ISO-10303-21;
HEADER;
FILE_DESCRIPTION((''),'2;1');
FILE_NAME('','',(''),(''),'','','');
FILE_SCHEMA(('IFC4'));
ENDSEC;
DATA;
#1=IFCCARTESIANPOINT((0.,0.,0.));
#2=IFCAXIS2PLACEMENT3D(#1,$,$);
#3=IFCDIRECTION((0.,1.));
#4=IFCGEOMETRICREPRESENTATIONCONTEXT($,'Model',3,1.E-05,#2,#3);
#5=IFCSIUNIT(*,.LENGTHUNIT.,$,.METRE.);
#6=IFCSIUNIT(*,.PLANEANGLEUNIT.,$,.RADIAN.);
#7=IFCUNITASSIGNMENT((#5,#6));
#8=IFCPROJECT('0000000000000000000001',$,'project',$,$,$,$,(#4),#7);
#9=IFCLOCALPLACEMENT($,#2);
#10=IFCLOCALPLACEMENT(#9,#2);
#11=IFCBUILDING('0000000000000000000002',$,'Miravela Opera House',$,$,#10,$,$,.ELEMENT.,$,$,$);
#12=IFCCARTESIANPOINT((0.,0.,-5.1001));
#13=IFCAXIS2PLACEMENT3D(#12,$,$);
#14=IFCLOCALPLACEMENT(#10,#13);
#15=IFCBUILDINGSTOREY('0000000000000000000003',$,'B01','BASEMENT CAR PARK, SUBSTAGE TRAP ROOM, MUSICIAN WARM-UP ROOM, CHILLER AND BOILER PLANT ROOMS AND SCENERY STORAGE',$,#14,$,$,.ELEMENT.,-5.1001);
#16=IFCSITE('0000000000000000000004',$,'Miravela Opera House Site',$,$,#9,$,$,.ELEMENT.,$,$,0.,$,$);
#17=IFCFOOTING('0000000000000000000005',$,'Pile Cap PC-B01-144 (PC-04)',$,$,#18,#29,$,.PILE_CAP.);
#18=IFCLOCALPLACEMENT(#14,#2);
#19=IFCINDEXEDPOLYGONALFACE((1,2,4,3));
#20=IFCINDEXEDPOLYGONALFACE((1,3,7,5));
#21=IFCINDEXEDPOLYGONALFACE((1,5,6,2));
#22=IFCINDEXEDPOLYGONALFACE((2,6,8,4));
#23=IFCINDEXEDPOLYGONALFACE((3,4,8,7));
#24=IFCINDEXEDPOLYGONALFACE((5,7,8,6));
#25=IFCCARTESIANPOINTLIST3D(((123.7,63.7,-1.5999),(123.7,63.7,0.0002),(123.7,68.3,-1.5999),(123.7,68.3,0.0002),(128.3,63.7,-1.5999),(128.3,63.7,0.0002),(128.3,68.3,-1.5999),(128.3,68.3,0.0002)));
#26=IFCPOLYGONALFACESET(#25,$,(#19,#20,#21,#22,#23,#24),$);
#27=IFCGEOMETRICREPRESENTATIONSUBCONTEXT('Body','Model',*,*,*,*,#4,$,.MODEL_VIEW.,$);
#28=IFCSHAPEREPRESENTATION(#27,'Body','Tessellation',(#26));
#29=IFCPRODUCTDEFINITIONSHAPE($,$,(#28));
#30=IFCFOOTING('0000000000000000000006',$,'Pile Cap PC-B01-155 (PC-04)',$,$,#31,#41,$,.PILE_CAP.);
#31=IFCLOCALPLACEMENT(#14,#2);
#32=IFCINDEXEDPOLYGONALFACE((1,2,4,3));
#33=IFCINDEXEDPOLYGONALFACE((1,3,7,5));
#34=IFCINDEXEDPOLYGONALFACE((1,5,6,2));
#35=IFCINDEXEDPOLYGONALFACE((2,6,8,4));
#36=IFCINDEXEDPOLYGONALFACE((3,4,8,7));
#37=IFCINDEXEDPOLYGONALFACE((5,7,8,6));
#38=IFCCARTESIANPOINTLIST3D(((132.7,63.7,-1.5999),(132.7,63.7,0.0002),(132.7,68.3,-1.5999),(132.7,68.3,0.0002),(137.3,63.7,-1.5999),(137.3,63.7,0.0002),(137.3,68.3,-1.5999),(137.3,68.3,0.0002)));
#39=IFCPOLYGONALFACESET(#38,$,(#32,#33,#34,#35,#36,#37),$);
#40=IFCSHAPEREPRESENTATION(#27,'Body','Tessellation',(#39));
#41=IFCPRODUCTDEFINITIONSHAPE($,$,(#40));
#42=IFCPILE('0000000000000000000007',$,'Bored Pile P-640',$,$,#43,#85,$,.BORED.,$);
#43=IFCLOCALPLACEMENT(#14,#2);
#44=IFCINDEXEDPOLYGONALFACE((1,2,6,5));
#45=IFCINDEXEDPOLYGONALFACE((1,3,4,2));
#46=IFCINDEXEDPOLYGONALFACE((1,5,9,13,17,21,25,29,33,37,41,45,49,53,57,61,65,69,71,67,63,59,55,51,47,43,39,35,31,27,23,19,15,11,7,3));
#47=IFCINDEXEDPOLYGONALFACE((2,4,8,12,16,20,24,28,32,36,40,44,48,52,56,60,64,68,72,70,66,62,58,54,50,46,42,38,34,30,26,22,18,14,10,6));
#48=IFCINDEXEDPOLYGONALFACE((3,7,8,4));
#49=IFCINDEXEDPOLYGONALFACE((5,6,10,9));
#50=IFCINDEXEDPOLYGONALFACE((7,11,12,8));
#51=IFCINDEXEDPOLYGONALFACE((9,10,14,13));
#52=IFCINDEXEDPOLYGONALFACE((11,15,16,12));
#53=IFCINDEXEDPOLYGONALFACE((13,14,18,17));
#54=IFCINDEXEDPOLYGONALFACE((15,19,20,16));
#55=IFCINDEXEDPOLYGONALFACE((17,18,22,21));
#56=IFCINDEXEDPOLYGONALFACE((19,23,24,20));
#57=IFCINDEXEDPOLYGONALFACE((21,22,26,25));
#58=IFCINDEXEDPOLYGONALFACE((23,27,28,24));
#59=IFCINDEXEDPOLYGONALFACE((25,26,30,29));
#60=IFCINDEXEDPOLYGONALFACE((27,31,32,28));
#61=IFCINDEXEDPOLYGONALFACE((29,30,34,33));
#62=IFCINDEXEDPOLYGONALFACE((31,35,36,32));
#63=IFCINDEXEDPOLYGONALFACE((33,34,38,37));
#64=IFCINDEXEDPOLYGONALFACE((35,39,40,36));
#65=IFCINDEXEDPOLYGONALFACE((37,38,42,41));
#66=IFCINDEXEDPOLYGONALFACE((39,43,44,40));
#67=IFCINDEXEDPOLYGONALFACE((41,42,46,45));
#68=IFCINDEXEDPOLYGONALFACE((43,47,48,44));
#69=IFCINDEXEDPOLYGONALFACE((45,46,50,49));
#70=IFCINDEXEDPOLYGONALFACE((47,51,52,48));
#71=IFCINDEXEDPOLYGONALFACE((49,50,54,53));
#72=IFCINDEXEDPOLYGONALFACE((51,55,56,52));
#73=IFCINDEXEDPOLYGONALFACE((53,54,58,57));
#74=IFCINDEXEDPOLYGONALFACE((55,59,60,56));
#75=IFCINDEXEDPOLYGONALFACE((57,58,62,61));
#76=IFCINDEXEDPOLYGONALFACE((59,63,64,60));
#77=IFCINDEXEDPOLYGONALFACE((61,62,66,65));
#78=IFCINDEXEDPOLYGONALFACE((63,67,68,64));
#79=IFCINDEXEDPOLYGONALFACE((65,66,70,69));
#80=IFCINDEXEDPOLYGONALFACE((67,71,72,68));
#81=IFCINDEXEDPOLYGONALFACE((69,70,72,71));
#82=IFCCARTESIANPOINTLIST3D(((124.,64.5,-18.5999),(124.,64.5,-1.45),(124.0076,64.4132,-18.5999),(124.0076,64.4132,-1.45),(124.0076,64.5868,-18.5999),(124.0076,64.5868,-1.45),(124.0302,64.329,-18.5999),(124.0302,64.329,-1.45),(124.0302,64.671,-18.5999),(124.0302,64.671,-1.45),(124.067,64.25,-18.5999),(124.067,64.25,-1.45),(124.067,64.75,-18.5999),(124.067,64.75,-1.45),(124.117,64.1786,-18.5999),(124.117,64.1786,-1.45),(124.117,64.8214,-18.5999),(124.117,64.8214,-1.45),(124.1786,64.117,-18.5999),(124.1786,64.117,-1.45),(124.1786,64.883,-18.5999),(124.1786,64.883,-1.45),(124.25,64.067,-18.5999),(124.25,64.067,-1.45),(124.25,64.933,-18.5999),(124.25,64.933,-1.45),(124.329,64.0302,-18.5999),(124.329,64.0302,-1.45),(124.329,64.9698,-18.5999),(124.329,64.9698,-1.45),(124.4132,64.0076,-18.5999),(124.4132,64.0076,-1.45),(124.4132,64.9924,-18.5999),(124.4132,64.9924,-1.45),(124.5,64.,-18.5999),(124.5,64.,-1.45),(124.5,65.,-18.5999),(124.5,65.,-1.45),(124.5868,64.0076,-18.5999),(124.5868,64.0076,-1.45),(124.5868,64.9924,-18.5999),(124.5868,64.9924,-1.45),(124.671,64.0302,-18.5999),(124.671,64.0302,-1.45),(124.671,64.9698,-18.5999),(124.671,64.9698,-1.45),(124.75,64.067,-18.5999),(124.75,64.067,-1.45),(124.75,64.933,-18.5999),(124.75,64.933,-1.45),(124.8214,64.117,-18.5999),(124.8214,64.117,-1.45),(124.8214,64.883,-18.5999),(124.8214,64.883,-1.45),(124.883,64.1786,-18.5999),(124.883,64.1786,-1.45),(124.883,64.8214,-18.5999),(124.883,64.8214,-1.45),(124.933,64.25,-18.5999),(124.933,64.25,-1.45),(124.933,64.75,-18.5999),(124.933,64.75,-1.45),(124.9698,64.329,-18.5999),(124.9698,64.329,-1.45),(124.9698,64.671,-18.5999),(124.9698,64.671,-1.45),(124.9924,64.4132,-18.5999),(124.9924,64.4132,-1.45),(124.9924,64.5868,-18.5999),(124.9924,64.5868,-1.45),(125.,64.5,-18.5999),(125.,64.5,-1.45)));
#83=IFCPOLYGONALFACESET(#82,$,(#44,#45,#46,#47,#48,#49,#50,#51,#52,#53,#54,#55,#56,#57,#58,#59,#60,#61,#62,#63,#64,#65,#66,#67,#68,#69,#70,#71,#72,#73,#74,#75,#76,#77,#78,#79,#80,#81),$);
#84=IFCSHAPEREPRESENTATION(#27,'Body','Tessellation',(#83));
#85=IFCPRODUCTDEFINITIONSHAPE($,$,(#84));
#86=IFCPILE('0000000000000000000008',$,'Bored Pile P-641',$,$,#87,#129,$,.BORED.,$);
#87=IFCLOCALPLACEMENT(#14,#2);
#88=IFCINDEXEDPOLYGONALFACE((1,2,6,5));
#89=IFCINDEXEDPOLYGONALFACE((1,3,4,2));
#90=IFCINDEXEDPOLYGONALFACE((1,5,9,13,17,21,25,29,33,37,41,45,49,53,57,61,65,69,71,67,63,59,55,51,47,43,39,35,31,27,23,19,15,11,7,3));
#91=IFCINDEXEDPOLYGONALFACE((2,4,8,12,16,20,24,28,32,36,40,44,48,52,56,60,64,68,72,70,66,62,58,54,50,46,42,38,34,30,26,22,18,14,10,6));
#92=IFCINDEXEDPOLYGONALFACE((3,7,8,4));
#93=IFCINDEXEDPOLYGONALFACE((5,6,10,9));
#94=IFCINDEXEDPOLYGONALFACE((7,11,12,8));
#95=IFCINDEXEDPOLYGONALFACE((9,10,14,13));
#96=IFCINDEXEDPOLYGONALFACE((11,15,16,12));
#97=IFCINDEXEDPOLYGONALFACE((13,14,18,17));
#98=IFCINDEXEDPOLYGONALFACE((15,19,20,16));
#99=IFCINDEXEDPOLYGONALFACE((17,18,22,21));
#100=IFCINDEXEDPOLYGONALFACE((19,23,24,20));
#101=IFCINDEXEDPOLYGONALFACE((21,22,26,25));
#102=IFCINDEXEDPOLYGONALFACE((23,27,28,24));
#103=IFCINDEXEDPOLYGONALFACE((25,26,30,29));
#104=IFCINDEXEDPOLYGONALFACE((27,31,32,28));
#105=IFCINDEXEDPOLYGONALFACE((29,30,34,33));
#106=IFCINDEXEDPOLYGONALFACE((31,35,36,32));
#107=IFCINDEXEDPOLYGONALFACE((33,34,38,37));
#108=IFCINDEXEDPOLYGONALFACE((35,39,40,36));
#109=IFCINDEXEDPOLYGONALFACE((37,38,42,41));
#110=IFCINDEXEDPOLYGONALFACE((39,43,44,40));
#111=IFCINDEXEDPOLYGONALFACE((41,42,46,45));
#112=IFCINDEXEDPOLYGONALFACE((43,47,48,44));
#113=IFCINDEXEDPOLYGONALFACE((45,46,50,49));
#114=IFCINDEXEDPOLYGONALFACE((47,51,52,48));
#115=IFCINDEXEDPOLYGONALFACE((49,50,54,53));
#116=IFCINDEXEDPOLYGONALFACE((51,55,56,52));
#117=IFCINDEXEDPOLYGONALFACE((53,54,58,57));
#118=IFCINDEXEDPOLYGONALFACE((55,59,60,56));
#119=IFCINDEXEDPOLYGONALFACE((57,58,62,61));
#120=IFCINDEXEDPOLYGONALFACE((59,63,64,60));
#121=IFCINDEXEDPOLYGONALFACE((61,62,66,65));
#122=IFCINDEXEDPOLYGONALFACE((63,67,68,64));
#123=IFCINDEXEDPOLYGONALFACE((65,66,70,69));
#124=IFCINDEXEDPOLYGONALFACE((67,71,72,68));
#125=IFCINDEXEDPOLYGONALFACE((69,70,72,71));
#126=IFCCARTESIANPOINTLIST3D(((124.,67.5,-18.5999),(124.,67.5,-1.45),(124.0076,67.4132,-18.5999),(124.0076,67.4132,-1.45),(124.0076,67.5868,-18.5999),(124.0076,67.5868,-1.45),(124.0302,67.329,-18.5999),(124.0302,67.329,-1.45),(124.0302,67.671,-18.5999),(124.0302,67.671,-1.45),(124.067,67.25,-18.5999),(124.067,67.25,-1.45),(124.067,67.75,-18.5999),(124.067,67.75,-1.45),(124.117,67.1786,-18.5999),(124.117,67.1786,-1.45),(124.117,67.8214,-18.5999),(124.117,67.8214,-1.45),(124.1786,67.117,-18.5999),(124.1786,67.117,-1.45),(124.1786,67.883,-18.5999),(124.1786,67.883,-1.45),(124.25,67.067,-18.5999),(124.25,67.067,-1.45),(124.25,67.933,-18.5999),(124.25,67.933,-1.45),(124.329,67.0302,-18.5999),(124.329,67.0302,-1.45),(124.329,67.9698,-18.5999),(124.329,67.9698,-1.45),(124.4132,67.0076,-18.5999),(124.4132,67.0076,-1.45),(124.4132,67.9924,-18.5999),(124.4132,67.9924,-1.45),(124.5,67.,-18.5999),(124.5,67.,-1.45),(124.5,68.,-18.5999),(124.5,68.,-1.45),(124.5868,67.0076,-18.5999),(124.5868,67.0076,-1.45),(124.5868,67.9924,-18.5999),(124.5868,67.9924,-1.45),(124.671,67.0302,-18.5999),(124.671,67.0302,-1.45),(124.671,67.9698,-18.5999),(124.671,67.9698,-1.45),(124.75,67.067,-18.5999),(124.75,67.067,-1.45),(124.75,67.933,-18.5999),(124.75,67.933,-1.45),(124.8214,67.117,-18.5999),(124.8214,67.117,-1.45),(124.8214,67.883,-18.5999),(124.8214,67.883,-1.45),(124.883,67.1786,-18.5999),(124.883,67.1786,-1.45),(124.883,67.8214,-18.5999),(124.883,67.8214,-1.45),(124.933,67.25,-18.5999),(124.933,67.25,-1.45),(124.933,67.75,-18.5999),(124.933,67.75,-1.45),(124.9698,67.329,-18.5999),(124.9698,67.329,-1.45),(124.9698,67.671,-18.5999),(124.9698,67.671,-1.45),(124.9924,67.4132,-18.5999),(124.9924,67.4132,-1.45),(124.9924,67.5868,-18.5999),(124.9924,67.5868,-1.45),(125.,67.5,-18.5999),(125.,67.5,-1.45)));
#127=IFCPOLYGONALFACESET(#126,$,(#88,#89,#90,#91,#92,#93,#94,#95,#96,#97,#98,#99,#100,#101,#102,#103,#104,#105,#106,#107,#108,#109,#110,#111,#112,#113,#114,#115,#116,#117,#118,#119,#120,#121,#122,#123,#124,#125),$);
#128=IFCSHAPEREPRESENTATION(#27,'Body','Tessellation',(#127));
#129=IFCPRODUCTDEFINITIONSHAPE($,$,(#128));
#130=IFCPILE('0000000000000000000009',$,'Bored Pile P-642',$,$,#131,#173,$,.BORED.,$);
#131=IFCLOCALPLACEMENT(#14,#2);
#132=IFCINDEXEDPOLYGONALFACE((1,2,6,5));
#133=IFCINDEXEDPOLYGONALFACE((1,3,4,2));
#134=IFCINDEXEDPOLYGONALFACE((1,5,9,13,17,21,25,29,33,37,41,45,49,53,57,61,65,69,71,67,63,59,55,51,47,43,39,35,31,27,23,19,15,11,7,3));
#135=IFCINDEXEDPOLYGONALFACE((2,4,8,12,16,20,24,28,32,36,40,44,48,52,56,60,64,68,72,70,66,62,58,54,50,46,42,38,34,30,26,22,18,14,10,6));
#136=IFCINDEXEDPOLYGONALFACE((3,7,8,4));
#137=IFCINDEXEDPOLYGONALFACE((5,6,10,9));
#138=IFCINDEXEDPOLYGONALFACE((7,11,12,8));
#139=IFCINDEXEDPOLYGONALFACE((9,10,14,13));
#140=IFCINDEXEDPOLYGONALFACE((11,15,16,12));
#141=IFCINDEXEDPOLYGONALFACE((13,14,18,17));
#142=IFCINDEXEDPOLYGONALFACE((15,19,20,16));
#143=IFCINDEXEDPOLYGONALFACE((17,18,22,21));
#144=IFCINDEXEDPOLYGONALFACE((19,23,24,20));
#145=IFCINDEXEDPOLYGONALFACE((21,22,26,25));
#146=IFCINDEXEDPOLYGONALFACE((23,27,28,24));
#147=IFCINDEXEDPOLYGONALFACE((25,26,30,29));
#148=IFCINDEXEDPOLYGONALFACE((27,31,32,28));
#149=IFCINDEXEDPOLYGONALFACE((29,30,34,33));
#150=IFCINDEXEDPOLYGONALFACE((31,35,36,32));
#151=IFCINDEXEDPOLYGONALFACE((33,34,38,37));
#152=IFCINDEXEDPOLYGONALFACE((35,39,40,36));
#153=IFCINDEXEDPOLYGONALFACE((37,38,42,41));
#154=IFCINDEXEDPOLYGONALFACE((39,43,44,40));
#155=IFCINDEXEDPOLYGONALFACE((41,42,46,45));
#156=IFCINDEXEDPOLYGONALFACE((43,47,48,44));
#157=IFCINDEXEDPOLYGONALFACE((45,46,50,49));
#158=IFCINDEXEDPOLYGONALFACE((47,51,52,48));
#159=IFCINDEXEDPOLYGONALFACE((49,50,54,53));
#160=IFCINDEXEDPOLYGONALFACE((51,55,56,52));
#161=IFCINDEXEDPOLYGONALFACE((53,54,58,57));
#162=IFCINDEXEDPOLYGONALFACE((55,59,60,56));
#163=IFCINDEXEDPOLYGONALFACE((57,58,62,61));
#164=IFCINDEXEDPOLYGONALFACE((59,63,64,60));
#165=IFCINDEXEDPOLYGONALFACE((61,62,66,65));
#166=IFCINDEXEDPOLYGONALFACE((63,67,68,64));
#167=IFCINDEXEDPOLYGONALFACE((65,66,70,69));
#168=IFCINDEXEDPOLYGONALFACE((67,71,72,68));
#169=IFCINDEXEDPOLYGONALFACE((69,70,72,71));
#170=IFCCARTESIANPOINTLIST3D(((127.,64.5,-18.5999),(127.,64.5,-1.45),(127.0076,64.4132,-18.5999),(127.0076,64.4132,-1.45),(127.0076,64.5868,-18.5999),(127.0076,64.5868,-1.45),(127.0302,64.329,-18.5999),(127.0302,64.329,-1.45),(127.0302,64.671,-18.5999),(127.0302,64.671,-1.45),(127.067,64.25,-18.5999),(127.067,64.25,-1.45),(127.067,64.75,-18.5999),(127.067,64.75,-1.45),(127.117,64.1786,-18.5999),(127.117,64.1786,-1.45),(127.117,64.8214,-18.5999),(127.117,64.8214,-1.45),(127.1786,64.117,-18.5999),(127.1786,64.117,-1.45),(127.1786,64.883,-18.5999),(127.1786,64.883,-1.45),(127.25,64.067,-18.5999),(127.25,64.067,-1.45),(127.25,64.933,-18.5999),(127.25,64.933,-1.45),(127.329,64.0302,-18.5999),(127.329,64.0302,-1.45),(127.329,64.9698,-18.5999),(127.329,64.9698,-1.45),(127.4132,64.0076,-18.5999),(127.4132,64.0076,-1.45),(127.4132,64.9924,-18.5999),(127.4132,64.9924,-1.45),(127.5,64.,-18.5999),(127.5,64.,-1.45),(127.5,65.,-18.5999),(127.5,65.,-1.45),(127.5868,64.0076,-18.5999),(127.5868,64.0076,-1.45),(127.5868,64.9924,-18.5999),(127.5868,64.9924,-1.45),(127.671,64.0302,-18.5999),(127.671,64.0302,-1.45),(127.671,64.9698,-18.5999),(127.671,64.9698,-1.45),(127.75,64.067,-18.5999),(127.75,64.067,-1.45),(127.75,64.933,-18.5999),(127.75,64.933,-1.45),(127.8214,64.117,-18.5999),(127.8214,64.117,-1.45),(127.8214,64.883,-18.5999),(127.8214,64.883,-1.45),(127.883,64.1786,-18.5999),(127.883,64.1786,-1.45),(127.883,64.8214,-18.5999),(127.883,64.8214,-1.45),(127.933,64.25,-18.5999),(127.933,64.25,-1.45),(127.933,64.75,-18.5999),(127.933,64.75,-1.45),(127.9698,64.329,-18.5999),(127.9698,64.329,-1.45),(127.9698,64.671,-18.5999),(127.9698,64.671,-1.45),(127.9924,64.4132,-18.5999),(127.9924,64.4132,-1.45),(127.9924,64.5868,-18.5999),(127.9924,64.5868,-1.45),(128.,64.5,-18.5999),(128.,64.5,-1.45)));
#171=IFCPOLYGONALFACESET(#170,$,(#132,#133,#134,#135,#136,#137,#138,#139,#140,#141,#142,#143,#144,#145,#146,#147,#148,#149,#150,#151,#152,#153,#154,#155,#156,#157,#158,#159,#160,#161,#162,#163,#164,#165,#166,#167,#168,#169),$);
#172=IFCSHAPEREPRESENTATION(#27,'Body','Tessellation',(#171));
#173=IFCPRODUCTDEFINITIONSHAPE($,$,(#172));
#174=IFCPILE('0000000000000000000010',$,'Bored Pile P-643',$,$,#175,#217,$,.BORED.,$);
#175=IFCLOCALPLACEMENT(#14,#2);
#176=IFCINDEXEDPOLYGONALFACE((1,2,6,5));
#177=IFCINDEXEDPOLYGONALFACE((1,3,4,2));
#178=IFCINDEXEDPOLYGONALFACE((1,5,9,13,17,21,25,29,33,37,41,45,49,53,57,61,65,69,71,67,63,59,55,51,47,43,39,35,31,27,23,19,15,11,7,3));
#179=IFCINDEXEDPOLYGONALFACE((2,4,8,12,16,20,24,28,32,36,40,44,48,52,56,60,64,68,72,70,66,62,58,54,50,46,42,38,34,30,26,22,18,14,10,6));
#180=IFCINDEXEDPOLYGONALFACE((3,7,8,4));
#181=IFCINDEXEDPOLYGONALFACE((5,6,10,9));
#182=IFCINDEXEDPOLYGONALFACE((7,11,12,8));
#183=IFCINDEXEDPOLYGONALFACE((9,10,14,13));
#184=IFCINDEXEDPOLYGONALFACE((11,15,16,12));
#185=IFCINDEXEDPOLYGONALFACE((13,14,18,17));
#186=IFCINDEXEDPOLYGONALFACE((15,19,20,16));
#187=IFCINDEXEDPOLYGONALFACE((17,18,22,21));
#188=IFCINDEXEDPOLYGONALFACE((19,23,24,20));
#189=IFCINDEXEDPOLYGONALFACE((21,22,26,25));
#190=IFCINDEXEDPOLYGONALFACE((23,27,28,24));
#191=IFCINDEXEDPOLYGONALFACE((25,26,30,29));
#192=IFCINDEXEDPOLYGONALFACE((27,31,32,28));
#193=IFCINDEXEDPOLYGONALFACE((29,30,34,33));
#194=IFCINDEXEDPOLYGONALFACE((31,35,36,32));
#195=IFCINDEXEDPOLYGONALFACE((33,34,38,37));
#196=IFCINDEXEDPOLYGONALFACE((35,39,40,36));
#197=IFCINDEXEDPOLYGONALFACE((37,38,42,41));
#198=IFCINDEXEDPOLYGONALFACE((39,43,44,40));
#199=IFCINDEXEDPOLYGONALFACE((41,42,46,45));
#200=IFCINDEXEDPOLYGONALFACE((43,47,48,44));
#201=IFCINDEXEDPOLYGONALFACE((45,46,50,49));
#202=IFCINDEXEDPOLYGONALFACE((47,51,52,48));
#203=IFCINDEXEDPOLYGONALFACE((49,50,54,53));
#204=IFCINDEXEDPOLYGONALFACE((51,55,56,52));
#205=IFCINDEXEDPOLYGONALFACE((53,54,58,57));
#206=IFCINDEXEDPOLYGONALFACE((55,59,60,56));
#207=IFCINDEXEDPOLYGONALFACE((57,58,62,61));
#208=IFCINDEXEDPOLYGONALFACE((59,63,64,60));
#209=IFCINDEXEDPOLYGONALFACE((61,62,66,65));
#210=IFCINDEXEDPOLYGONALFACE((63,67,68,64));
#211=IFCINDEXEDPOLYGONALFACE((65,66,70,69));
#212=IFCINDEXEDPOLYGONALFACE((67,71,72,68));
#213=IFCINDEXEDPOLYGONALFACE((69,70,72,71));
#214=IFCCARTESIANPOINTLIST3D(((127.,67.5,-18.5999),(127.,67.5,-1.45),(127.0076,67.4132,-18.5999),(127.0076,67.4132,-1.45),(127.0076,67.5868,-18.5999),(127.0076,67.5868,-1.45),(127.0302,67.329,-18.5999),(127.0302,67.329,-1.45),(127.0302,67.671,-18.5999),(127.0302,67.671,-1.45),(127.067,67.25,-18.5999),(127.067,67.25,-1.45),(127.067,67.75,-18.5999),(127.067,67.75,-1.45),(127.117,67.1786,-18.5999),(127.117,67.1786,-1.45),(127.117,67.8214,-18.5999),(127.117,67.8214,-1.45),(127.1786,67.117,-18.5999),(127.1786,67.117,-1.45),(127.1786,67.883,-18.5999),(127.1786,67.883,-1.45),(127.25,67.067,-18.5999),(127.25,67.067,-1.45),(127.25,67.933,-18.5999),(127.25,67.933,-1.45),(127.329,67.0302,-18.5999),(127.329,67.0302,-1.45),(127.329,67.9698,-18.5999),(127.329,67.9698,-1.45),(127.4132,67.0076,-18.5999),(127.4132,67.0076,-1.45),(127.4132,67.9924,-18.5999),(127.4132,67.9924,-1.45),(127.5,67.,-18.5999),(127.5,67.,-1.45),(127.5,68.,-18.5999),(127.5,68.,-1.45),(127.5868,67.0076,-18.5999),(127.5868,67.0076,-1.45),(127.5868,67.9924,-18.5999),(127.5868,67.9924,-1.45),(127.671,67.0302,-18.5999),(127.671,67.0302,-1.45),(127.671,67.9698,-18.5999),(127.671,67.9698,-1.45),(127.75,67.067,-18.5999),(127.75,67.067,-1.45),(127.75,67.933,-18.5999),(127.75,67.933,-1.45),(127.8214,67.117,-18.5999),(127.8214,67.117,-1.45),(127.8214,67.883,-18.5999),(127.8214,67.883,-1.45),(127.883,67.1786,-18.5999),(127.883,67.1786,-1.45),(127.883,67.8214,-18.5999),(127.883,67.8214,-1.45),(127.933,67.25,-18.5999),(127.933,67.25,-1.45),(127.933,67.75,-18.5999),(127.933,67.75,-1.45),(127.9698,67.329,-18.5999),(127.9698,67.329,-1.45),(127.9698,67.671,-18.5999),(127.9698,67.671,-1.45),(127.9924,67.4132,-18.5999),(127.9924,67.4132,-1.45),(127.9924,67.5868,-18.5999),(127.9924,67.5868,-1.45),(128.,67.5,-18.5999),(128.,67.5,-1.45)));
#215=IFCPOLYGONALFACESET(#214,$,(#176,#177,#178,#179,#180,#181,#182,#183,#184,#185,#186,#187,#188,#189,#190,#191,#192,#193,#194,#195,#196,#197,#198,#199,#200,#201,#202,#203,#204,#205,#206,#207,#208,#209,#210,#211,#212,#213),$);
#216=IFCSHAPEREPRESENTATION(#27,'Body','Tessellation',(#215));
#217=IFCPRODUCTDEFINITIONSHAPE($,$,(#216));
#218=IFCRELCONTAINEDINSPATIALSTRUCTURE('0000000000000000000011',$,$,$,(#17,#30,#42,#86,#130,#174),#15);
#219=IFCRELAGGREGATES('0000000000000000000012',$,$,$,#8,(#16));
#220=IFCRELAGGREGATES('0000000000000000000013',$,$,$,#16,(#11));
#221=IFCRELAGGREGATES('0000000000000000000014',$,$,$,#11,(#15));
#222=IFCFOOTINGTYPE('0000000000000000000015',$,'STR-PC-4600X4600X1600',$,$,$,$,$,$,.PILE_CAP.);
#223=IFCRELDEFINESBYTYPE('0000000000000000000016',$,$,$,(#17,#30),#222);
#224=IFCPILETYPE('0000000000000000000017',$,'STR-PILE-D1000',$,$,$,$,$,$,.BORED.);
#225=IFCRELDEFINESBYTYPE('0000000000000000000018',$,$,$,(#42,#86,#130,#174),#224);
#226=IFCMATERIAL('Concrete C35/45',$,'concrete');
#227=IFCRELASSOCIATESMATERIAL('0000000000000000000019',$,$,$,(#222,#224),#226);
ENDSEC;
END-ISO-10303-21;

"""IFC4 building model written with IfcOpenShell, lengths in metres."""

from ifc_helpers import new_model, si_unit, direction, frame, origin, origin_2d, place, context, subcontext, project, spatial, rectangle, circle, extrude, material, material_profile, profile_set, type_object, element, save


model = new_model("IFC4")

# Units and contexts
model_context = context("Model", 3, precision=1e-05, world=origin(), true_north=direction((0.0, 1.0)))
body_context = subcontext(model_context, "Body", "Model", "MODEL_VIEW")
ifc_project = project(units=[si_unit("LENGTHUNIT", "METRE"), si_unit("PLANEANGLEUNIT", "RADIAN")], contexts=[model_context])

# Site, building, storey
site_placement = place(None, origin())
site = spatial("IfcSite", under=ifc_project, at=site_placement, Name="Miravela Opera House Site", CompositionType="ELEMENT", RefElevation=0.0)
building_placement = place(site_placement, origin())
building = spatial("IfcBuilding", under=site, at=building_placement, Name="Miravela Opera House", CompositionType="ELEMENT")
storey_placement = place(building_placement, frame((0.0, 0.0, -5.1001)))
storey = spatial("IfcBuildingStorey", under=building, at=storey_placement, Name="B01", Description="BASEMENT CAR PARK, SUBSTAGE TRAP ROOM, MUSICIAN WARM-UP ROOM, CHILLER AND BOILER PLANT ROOMS AND SCENERY STORAGE", CompositionType="ELEMENT", Elevation=-5.1001)

# Footings
ifc_material_1 = material(Name="Concrete C35/45", Category="concrete")
footing_type = type_object("IfcFootingType", Name="STR-PC-4600X4600X1600", PredefinedType="PILE_CAP", material=ifc_material_1)
for number, where, z_axis, x_axis, name in (
    (1, (126.0, 66.0, -1.5999), (0.0, 0.0, 1.0), (1.0, 0.0, 0.0), "Pile Cap PC-B01-144 (PC-04)"),
    (2, (135.0, 66.0, -1.5999), (0.0, 0.0, 1.0), (1.0, 0.0, 0.0), "Pile Cap PC-B01-155 (PC-04)"),
):
    element("IfcFooting", number, at=place(storey_placement, frame(where, z_axis=z_axis, x_axis=x_axis)), inside=storey, type_object=footing_type, Name=name, PredefinedType="PILE_CAP", context=body_context, shape_type="SweptSolid", body=[
        extrude(rectangle(XDim=4.6001, YDim=4.6001, at=origin_2d()), origin(), (0.0, 0.0, 1.0), 1.6001),
    ])

# Piles
ifc_material_profile_1 = material_profile(ifc_material_1, circle(Radius=0.5, at=origin_2d()), Name="PILE-D1000")
ifc_profile_set_1 = profile_set([ifc_material_profile_1])
pile_type_1 = type_object("IfcPileType", Name="STR-PILE-D1000", PredefinedType="BORED", material=ifc_profile_set_1)
for number, where, z_axis, x_axis, name in (
    (3, (124.5, 64.5, -1.45), (0.0, 0.0, -1.0), (1.0, 0.0, 0.0), "Bored Pile P-640"),
    (4, (124.5, 67.5, -1.45), (0.0, 0.0, -1.0), (1.0, 0.0, 0.0), "Bored Pile P-641"),
    (5, (127.5, 64.5, -1.45), (0.0, 0.0, -1.0), (1.0, 0.0, 0.0), "Bored Pile P-642"),
    (6, (127.5, 67.5, -1.45), (0.0, 0.0, -1.0), (1.0, 0.0, 0.0), "Bored Pile P-643"),
):
    element("IfcPile", number, at=place(storey_placement, frame(where, z_axis=z_axis, x_axis=x_axis)), inside=storey, type_object=pile_type_1, Name=name, PredefinedType="BORED", context=body_context, shape_type="SweptSolid", body=[
        extrude(circle(Radius=0.5, at=origin_2d()), origin(), (0.0, 0.0, 1.0), 17.1499),
    ])

save(model, "model.ifc")
